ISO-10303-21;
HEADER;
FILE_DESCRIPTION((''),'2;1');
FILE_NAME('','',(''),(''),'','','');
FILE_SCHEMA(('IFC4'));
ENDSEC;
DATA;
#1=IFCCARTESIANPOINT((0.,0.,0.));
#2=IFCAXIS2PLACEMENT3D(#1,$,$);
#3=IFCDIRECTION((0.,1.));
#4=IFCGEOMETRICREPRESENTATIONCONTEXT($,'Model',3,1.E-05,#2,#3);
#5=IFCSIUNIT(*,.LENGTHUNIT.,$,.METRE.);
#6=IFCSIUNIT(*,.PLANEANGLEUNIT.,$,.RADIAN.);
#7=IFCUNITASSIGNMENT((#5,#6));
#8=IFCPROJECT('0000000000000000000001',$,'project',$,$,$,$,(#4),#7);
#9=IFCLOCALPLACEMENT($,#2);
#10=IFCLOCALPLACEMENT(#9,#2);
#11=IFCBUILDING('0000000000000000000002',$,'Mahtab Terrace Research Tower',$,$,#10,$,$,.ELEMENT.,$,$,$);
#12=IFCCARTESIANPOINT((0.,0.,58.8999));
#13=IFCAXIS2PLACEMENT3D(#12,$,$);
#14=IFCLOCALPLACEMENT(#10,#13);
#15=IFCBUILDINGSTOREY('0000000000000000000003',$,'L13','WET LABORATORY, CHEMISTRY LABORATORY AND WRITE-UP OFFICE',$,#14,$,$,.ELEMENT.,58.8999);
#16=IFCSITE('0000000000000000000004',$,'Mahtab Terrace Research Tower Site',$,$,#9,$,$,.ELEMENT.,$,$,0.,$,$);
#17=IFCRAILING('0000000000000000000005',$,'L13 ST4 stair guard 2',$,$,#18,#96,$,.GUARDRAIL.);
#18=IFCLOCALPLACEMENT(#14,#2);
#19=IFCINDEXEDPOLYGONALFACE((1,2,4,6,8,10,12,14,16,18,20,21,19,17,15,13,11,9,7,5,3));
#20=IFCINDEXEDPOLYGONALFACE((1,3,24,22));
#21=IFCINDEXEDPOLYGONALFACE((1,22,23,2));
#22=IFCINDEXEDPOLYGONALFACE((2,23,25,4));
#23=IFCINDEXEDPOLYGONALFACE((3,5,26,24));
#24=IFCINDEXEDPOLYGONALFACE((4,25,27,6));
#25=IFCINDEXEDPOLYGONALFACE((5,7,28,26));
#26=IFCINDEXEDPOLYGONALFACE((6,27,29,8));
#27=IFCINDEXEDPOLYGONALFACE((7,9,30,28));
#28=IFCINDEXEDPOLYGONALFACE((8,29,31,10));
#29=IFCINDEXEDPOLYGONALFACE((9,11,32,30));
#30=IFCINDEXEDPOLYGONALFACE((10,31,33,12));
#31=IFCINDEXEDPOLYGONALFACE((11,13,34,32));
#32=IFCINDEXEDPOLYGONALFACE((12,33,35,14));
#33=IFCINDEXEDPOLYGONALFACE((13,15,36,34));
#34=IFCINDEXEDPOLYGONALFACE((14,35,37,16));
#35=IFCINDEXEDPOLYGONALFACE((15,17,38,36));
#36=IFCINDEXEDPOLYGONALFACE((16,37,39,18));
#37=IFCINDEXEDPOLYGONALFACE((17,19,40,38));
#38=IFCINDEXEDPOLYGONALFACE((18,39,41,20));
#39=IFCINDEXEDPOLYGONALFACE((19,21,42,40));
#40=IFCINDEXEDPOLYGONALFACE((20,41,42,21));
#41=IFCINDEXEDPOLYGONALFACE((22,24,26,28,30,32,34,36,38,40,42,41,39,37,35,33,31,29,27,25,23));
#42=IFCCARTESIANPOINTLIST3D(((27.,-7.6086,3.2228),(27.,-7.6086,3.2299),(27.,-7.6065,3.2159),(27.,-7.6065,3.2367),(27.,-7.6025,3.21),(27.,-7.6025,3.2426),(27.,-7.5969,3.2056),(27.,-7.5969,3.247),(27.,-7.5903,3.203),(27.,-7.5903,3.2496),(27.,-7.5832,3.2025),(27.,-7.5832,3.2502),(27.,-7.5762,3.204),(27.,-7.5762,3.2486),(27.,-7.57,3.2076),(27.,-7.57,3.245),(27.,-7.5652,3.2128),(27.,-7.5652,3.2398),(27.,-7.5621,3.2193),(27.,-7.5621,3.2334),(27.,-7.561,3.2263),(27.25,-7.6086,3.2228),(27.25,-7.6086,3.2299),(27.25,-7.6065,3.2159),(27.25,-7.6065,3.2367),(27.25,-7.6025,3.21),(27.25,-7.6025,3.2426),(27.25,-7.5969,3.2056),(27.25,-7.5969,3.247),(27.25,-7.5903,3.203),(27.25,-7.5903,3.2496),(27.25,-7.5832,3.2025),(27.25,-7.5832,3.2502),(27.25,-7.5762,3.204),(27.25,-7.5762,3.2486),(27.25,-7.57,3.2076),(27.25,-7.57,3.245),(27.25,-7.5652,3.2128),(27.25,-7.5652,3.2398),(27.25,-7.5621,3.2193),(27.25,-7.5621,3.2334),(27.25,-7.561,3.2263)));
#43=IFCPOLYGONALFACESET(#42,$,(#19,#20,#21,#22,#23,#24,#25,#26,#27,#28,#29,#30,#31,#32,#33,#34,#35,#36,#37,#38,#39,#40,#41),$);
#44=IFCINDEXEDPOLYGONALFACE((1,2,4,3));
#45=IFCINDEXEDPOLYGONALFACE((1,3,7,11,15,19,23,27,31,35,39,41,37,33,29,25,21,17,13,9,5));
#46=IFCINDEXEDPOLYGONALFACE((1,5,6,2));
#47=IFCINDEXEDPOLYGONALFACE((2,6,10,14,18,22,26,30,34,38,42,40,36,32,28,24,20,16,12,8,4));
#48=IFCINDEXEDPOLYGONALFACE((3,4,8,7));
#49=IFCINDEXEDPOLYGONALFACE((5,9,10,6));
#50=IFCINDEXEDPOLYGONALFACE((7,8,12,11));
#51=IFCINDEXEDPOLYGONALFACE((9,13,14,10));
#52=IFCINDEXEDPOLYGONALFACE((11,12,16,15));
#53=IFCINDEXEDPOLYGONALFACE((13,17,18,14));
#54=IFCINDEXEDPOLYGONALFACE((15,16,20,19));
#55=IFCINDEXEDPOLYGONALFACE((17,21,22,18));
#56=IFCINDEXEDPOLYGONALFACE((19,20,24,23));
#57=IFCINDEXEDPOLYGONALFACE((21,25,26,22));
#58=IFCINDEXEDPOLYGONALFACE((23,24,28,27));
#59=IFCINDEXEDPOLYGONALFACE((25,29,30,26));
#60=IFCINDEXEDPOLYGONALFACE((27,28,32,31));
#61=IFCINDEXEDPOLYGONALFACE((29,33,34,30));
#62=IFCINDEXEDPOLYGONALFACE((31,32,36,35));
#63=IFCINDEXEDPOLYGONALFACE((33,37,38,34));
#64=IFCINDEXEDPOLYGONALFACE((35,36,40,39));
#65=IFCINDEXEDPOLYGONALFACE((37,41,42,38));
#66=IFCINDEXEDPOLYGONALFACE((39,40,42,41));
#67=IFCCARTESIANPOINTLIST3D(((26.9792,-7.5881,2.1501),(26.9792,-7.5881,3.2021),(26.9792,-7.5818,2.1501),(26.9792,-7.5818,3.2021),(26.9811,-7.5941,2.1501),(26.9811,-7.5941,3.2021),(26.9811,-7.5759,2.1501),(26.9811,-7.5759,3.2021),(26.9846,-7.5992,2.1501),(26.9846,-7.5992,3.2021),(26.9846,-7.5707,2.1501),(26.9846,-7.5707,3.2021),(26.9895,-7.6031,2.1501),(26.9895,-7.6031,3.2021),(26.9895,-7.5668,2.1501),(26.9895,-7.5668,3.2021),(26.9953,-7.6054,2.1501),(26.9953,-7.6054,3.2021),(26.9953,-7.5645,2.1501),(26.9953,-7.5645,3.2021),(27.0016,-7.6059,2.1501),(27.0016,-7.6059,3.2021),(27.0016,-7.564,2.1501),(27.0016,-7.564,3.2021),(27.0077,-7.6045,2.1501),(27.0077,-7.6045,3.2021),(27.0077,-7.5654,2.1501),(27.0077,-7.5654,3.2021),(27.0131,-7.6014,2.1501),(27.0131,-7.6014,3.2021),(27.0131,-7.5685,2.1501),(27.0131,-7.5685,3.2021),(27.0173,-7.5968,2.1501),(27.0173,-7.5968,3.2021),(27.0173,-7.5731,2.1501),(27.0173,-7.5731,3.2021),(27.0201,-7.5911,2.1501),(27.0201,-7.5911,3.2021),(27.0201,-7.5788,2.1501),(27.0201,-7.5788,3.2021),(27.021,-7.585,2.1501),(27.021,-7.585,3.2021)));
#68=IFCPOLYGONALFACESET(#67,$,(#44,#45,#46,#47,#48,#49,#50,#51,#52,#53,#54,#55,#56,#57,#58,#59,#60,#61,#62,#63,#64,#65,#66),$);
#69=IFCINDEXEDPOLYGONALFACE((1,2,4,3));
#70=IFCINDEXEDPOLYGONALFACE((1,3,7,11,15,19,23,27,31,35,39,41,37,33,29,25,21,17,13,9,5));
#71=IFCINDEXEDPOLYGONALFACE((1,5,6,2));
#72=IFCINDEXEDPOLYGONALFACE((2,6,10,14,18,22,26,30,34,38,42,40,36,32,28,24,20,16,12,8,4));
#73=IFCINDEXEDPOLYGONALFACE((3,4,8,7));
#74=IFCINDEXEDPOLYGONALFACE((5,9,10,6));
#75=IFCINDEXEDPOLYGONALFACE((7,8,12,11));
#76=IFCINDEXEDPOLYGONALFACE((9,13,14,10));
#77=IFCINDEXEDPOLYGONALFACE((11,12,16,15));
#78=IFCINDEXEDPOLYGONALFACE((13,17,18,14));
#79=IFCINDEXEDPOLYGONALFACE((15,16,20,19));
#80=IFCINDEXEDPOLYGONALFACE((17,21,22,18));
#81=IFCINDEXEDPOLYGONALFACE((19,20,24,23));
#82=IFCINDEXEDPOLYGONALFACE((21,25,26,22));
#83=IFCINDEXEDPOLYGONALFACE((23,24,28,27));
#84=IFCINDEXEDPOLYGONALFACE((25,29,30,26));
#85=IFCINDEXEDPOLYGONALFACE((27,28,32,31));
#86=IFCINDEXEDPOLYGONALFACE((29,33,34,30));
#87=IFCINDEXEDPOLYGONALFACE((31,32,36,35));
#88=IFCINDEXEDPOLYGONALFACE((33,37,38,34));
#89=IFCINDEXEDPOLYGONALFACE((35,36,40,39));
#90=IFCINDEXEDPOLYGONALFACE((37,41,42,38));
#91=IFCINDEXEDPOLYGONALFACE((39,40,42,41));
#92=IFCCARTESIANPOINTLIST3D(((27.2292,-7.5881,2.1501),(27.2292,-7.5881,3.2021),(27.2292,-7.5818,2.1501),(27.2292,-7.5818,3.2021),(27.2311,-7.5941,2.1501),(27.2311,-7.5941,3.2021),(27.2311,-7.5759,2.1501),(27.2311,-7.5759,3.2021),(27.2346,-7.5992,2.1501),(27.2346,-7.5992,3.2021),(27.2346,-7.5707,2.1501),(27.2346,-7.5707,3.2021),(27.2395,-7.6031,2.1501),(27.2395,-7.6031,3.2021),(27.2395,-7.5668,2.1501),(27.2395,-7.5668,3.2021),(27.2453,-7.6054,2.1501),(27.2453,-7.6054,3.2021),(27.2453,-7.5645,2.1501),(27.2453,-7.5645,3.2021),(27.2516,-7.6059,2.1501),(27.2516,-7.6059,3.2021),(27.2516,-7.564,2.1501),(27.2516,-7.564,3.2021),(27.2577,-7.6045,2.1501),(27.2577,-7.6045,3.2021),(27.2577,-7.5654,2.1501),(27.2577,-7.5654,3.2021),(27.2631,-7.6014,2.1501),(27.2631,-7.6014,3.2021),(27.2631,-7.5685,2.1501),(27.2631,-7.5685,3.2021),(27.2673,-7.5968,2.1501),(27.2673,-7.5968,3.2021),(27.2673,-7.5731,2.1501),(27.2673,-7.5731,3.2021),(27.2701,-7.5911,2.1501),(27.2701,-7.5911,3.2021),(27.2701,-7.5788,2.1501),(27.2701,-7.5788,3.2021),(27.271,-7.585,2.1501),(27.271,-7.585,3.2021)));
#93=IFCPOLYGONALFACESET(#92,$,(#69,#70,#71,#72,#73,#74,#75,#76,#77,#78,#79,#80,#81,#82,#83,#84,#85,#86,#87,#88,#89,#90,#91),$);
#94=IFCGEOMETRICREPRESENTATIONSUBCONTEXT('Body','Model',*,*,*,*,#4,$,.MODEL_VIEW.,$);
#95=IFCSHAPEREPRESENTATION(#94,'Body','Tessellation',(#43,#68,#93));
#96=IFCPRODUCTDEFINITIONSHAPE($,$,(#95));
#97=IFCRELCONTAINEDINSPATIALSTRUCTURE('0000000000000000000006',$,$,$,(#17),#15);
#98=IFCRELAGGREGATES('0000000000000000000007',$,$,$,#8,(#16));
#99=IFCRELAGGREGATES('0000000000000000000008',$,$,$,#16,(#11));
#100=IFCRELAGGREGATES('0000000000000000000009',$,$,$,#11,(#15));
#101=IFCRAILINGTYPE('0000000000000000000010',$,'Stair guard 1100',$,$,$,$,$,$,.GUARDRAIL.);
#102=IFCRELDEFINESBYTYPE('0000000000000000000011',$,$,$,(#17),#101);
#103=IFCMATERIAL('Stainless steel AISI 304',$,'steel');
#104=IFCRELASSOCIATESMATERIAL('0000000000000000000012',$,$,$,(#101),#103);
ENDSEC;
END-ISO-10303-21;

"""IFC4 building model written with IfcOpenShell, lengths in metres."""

from ifc_helpers import new_model, si_unit, direction, frame, origin, origin_2d, place, context, subcontext, project, spatial, circle, extrude, material, type_object, element, save


model = new_model("IFC4")

# Units and contexts
model_context = context("Model", 3, precision=1e-05, world=origin(), true_north=direction((0.0, 1.0)))
body_context = subcontext(model_context, "Body", "Model", "MODEL_VIEW")
ifc_project = project(units=[si_unit("LENGTHUNIT", "METRE"), si_unit("PLANEANGLEUNIT", "RADIAN")], contexts=[model_context])

# Site, building, storey
site_placement = place(None, origin())
site = spatial("IfcSite", under=ifc_project, at=site_placement, Name="Mahtab Terrace Research Tower Site", CompositionType="ELEMENT", RefElevation=0.0)
building_placement = place(site_placement, origin())
building = spatial("IfcBuilding", under=site, at=building_placement, Name="Mahtab Terrace Research Tower", CompositionType="ELEMENT")
storey_placement = place(building_placement, frame((0.0, 0.0, 58.8999)))
storey = spatial("IfcBuildingStorey", under=building, at=storey_placement, Name="L13", Description="WET LABORATORY, CHEMISTRY LABORATORY AND WRITE-UP OFFICE", CompositionType="ELEMENT", Elevation=58.8999)

# Railing
ifc_material_1 = material(Name="Stainless steel AISI 304", Category="steel")
railing_type_1 = type_object("IfcRailingType", Name="Stair guard 1100", PredefinedType="GUARDRAIL", material=ifc_material_1)
railing_1_placement = place(storey_placement, frame((27.0, -7.585, 2.1501)))
element("IfcRailing", 1, at=railing_1_placement, inside=storey, type_object=railing_type_1, Name="L13 ST4 stair guard 2", PredefinedType="GUARDRAIL", context=body_context, shape_type="SweptSolid", body=[
    extrude(circle(Radius=0.0239, at=origin_2d()), frame((0.0, 0.0, 1.0762), z_axis=(1.0, 0.0, 0.0), x_axis=(0.0, 1.0, 0.0)), (0.0, 0.0, 1.0), 0.25),
    extrude(circle(Radius=0.021, at=origin_2d()), origin(), (0.0, 0.0, 1.0), 1.052),
    extrude(circle(Radius=0.021, at=origin_2d()), frame((0.25, 0.0, 0.0)), (0.0, 0.0, 1.0), 1.052),
])

save(model, "model.ifc")
